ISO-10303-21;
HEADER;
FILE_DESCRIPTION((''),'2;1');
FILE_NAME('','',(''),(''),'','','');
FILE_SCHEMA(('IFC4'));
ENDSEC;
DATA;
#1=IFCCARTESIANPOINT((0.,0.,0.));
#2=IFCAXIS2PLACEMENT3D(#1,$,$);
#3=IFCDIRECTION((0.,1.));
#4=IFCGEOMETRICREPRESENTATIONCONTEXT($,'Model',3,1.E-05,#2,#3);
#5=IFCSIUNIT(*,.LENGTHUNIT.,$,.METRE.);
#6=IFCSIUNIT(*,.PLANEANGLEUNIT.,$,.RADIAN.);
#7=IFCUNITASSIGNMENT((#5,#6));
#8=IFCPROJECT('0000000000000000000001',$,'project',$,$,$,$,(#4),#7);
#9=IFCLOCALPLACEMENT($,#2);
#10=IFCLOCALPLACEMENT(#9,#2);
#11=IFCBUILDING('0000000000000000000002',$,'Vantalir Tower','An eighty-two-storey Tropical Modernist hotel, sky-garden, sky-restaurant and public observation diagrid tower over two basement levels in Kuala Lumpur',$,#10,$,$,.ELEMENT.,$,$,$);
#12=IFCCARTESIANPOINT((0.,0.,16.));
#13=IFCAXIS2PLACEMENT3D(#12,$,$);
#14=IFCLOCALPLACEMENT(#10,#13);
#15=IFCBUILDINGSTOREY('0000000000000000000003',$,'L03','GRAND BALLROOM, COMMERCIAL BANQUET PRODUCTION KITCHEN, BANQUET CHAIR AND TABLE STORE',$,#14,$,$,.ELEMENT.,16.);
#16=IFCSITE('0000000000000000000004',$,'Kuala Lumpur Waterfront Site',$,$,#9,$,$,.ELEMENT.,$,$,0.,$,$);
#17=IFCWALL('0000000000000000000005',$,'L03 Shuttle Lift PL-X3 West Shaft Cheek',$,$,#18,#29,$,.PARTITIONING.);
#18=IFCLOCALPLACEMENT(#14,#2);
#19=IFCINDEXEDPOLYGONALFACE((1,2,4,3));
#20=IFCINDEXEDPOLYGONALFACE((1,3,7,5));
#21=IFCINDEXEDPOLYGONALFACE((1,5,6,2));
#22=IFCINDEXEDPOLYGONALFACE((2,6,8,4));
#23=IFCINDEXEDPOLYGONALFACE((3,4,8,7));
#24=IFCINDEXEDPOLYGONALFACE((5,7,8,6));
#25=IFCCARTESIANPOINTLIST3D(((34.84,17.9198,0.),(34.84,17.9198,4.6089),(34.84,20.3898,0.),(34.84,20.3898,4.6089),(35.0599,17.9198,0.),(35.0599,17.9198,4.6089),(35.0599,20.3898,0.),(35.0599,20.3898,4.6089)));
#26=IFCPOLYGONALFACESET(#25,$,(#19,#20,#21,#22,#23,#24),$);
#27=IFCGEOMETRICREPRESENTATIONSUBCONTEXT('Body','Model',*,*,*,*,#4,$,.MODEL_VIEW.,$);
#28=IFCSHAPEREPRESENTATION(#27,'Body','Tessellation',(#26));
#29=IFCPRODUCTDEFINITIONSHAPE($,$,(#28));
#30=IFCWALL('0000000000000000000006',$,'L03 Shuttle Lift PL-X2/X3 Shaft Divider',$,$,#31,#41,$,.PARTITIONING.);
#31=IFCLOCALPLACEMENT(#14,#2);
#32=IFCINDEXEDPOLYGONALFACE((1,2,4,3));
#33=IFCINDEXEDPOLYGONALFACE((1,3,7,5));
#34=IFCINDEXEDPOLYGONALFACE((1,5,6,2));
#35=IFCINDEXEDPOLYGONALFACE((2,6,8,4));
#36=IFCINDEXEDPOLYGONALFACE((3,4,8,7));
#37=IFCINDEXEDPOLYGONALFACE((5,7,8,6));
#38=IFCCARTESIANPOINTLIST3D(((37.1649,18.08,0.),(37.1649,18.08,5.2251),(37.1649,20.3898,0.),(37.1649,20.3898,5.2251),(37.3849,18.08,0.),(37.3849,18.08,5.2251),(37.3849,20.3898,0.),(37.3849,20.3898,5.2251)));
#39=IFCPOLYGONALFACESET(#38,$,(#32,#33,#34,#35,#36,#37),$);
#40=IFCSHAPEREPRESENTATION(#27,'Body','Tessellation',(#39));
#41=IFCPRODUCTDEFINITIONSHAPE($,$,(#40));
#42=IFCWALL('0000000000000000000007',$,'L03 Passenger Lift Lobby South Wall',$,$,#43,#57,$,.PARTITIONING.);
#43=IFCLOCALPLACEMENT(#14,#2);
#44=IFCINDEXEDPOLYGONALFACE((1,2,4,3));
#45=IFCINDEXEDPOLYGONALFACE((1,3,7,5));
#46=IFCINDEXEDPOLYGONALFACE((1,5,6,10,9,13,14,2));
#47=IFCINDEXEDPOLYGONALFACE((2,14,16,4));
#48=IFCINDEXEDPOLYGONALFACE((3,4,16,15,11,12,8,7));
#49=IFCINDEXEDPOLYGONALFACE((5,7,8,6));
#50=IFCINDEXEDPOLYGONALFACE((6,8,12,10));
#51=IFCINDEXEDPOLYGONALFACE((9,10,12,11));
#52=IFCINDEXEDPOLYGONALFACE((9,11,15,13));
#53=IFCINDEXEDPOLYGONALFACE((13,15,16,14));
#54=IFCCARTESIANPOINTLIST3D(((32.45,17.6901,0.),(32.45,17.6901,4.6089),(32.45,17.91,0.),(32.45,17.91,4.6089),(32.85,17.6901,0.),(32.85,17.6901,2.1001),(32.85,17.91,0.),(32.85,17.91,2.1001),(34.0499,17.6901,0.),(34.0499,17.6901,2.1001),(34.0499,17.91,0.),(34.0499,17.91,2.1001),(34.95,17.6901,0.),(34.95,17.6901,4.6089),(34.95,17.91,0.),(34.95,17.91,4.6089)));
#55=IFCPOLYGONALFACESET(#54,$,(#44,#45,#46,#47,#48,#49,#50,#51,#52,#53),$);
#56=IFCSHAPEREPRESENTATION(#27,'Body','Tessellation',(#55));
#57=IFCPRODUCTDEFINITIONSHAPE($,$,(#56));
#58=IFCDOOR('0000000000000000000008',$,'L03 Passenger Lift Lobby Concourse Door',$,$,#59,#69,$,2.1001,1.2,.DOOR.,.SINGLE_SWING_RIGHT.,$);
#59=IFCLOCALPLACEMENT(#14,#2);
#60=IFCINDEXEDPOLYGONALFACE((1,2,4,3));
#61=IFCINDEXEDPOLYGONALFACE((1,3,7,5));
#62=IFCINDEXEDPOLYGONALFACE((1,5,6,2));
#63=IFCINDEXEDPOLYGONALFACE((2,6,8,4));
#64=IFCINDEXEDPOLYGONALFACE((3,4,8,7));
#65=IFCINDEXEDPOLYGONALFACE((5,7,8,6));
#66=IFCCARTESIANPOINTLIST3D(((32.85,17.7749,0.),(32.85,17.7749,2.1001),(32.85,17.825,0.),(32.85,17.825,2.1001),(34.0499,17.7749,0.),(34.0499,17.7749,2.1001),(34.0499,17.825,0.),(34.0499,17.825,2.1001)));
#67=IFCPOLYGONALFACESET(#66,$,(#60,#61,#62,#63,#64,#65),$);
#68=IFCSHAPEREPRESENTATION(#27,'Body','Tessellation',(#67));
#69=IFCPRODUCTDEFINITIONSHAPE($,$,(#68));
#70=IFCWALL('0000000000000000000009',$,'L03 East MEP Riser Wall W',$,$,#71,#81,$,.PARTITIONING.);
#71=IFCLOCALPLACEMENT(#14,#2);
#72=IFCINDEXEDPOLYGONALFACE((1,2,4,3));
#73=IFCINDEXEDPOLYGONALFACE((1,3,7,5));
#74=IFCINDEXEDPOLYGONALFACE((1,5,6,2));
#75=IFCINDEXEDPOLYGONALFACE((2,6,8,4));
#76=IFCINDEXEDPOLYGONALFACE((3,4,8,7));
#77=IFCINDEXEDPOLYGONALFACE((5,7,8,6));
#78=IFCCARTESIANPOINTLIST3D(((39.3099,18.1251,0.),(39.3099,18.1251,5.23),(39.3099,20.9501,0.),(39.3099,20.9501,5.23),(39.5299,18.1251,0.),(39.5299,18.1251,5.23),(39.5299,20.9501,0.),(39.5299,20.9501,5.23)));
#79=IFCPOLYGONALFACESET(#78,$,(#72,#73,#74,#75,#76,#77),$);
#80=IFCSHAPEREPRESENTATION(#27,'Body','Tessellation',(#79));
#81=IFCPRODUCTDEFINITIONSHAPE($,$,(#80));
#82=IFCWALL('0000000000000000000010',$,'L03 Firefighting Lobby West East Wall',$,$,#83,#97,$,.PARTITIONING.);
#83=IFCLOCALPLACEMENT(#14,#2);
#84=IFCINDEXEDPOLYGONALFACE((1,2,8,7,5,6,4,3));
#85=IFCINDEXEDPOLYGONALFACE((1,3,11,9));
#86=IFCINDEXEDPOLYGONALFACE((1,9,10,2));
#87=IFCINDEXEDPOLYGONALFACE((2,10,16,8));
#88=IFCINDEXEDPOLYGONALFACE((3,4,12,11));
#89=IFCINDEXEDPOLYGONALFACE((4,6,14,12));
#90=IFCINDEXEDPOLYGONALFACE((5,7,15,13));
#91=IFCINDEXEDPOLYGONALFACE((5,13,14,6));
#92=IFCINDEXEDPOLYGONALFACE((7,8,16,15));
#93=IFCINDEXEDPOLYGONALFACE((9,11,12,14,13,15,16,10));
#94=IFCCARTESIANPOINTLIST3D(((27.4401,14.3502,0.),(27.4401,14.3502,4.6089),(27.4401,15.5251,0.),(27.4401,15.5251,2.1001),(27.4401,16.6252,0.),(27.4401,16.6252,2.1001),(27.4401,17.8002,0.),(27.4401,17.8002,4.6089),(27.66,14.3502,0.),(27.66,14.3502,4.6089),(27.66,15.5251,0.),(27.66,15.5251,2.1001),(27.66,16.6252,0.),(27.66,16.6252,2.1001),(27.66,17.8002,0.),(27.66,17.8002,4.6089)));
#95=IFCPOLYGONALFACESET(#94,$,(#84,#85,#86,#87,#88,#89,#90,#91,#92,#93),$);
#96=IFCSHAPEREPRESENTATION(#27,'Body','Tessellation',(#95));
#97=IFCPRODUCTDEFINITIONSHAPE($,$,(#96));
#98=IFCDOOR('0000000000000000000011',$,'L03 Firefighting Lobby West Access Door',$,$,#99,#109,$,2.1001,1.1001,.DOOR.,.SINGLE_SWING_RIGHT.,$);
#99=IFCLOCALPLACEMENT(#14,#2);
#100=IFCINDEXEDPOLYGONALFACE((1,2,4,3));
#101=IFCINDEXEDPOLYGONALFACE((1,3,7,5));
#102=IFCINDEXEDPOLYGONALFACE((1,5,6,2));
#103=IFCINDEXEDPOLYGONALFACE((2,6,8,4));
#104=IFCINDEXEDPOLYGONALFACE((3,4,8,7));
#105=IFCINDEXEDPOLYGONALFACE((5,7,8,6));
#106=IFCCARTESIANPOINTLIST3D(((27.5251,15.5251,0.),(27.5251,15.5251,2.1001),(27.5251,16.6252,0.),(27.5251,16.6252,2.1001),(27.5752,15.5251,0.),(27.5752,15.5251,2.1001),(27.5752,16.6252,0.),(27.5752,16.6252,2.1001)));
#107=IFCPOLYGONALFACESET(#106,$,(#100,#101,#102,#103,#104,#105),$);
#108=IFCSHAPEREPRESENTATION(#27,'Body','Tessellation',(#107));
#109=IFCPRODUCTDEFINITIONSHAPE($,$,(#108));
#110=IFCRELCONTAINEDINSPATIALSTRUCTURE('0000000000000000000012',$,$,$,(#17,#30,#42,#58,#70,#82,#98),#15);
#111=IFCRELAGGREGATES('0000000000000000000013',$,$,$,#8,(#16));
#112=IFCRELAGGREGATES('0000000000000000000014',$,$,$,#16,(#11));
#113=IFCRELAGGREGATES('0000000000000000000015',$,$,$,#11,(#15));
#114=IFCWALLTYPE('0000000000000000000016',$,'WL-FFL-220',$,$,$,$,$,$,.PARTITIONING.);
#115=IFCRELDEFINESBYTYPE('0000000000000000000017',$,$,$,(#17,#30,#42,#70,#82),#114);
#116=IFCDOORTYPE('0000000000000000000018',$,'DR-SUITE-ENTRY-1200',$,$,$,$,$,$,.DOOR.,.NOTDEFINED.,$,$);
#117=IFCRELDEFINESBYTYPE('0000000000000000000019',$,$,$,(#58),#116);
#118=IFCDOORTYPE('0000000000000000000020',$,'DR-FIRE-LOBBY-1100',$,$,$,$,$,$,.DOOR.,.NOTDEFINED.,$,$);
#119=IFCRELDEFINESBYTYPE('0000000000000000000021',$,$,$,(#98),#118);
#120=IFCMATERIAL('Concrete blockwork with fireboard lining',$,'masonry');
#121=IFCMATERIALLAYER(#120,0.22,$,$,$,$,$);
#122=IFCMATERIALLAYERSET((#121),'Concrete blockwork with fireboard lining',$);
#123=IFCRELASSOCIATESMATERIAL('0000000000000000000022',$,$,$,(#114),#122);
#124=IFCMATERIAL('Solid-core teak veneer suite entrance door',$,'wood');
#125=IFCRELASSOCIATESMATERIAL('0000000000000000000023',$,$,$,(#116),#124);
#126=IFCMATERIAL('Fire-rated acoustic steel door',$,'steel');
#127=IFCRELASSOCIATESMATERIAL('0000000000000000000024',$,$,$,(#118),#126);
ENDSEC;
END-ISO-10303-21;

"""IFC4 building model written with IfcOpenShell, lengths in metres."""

from ifc_helpers import new_model, si_unit, direction, frame, frame_2d, origin, place, context, subcontext, project, spatial, rectangle, extrude, material, layer, layer_set, type_object, element, fill, save


model = new_model("IFC4")

# Units and contexts
model_context = context("Model", 3, precision=1e-05, world=origin(), true_north=direction((0.0, 1.0)))
body_context = subcontext(model_context, "Body", "Model", "MODEL_VIEW")
ifc_project = project(units=[si_unit("LENGTHUNIT", "METRE"), si_unit("PLANEANGLEUNIT", "RADIAN")], contexts=[model_context])

# Site, building, storey
site_placement = place(None, origin())
site = spatial("IfcSite", under=ifc_project, at=site_placement, Name="Kuala Lumpur Waterfront Site", CompositionType="ELEMENT", RefElevation=0.0)
building_placement = place(site_placement, origin())
building = spatial("IfcBuilding", under=site, at=building_placement, Name="Vantalir Tower", Description="An eighty-two-storey Tropical Modernist hotel, sky-garden, sky-restaurant and public observation diagrid tower over two basement levels in Kuala Lumpur", CompositionType="ELEMENT")
storey_placement = place(building_placement, frame((0.0, 0.0, 16.0)))
storey = spatial("IfcBuildingStorey", under=building, at=storey_placement, Name="L03", Description="GRAND BALLROOM, COMMERCIAL BANQUET PRODUCTION KITCHEN, BANQUET CHAIR AND TABLE STORE", CompositionType="ELEMENT", Elevation=16.0)

# Walls
ifc_material_1 = material(Name="Concrete blockwork with fireboard lining", Category="masonry")
ifc_layer_1 = layer(ifc_material_1, 0.22)
ifc_layer_set_1 = layer_set([ifc_layer_1], Name="Concrete blockwork with fireboard lining")
wall_type_1 = type_object("IfcWallType", Name="WL-FFL-220", PredefinedType="PARTITIONING", material=ifc_layer_set_1)
for number, where, z_axis, x_axis, name in (
    (1, (34.95, 17.9199, 0.0), (0.0, 0.0, 1.0), (0.0, 1.0, 0.0), "L03 Shuttle Lift PL-X3 West Shaft Cheek"),
):
    element("IfcWall", number, at=place(storey_placement, frame(where, z_axis=z_axis, x_axis=x_axis)), inside=storey, type_object=wall_type_1, Name=name, PredefinedType="PARTITIONING", context=body_context, shape_type="SweptSolid", body=[
        extrude(rectangle(XDim=2.47, YDim=0.22, at=frame_2d((1.2349, 0.0))), origin(), (0.0, 0.0, 1.0), 4.6089),
    ])
wall_1_placement = place(storey_placement, frame((37.2749, 18.0801, 0.0), z_axis=(0.0, 0.0, 1.0), x_axis=(0.0, 1.0, 0.0)))
element("IfcWall", 2, at=wall_1_placement, inside=storey, type_object=wall_type_1, Name="L03 Shuttle Lift PL-X2/X3 Shaft Divider", PredefinedType="PARTITIONING", context=body_context, shape_type="SweptSolid", body=[
    extrude(rectangle(XDim=2.3098, YDim=0.22, at=frame_2d((1.1548, 0.0))), origin(), (0.0, 0.0, 1.0), 5.2251),
])

# Wall, opening, door
wall_2_placement = place(storey_placement, frame((32.45, 17.8, 0.0), z_axis=(0.0, 0.0, 1.0), x_axis=(1.0, 0.0, 0.0)))
wall_2 = element("IfcWall", 3, at=wall_2_placement, inside=storey, type_object=wall_type_1, Name="L03 Passenger Lift Lobby South Wall", PredefinedType="PARTITIONING", context=body_context, shape_type="SweptSolid", body=[
    extrude(rectangle(XDim=2.5, YDim=0.22, at=frame_2d((1.25, 0.0))), origin(), (0.0, 0.0, 1.0), 4.6089),
])
opening_1_placement = place(wall_2_placement, frame((0.3999, 0.0, 0.0)))
opening_1 = element("IfcOpeningElement", 4, at=opening_1_placement, cuts=wall_2, PredefinedType="OPENING", context=body_context, shape_type="SweptSolid", body=[
    extrude(rectangle(XDim=1.2, YDim=2.1001, at=frame_2d((0.6001, 1.05))), frame((0.0, 0.1199, 0.0), z_axis=(0.0, -1.0, 0.0), x_axis=(1.0, 0.0, 0.0)), (0.0, 0.0, 1.0), 0.24),
])
ifc_material_2 = material(Name="Solid-core teak veneer suite entrance door", Category="wood")
door_type_1 = type_object("IfcDoorType", Name="DR-SUITE-ENTRY-1200", OperationType="NOTDEFINED", PredefinedType="DOOR", material=ifc_material_2)
door_1_placement = place(opening_1_placement, origin())
door_1 = element("IfcDoor", 5, at=door_1_placement, inside=storey, type_object=door_type_1, Name="L03 Passenger Lift Lobby Concourse Door", OperationType="SINGLE_SWING_RIGHT", OverallHeight=2.1001, OverallWidth=1.2, PredefinedType="DOOR", context=body_context, shape_type="SweptSolid", body=[
    extrude(rectangle(XDim=1.2, YDim=2.1001, at=frame_2d((0.6001, 1.05))), frame((0.0, 0.0249, 0.0), z_axis=(0.0, -1.0, 0.0), x_axis=(1.0, 0.0, 0.0)), (0.0, 0.0, 1.0), 0.05),
])
fill(opening_1, door_1)

# Wall
wall_3_placement = place(storey_placement, frame((39.4199, 18.125, 0.0), z_axis=(0.0, 0.0, 1.0), x_axis=(0.0, 1.0, 0.0)))
element("IfcWall", 6, at=wall_3_placement, inside=storey, type_object=wall_type_1, Name="L03 East MEP Riser Wall W", PredefinedType="PARTITIONING", context=body_context, shape_type="SweptSolid", body=[
    extrude(rectangle(XDim=2.825, YDim=0.22, at=frame_2d((1.4126, 0.0))), origin(), (0.0, 0.0, 1.0), 5.23),
])

# Wall, opening, door
wall_4_placement = place(storey_placement, frame((27.55, 14.3501, 0.0), z_axis=(0.0, 0.0, 1.0), x_axis=(0.0, 1.0, 0.0)))
wall_4 = element("IfcWall", 7, at=wall_4_placement, inside=storey, type_object=wall_type_1, Name="L03 Firefighting Lobby West East Wall", PredefinedType="PARTITIONING", context=body_context, shape_type="SweptSolid", body=[
    extrude(rectangle(XDim=3.45, YDim=0.22, at=frame_2d((1.7251, 0.0))), origin(), (0.0, 0.0, 1.0), 4.6089),
])
opening_2_placement = place(wall_4_placement, frame((1.175, 0.0, 0.0)))
opening_2 = element("IfcOpeningElement", 8, at=opening_2_placement, cuts=wall_4, PredefinedType="OPENING", context=body_context, shape_type="SweptSolid", body=[
    extrude(rectangle(XDim=1.1001, YDim=2.1001, at=frame_2d((0.55, 1.05))), frame((0.0, 0.1199, 0.0), z_axis=(0.0, -1.0, 0.0), x_axis=(1.0, 0.0, 0.0)), (0.0, 0.0, 1.0), 0.24),
])
ifc_material_3 = material(Name="Fire-rated acoustic steel door", Category="steel")
door_type_2 = type_object("IfcDoorType", Name="DR-FIRE-LOBBY-1100", OperationType="NOTDEFINED", PredefinedType="DOOR", material=ifc_material_3)
door_2_placement = place(opening_2_placement, origin())
door_2 = element("IfcDoor", 9, at=door_2_placement, inside=storey, type_object=door_type_2, Name="L03 Firefighting Lobby West Access Door", OperationType="SINGLE_SWING_RIGHT", OverallHeight=2.1001, OverallWidth=1.1001, PredefinedType="DOOR", context=body_context, shape_type="SweptSolid", body=[
    extrude(rectangle(XDim=1.1001, YDim=2.1001, at=frame_2d((0.55, 1.05))), frame((0.0, 0.0249, 0.0), z_axis=(0.0, -1.0, 0.0), x_axis=(1.0, 0.0, 0.0)), (0.0, 0.0, 1.0), 0.05),
])
fill(opening_2, door_2)

save(model, "model.ifc")
